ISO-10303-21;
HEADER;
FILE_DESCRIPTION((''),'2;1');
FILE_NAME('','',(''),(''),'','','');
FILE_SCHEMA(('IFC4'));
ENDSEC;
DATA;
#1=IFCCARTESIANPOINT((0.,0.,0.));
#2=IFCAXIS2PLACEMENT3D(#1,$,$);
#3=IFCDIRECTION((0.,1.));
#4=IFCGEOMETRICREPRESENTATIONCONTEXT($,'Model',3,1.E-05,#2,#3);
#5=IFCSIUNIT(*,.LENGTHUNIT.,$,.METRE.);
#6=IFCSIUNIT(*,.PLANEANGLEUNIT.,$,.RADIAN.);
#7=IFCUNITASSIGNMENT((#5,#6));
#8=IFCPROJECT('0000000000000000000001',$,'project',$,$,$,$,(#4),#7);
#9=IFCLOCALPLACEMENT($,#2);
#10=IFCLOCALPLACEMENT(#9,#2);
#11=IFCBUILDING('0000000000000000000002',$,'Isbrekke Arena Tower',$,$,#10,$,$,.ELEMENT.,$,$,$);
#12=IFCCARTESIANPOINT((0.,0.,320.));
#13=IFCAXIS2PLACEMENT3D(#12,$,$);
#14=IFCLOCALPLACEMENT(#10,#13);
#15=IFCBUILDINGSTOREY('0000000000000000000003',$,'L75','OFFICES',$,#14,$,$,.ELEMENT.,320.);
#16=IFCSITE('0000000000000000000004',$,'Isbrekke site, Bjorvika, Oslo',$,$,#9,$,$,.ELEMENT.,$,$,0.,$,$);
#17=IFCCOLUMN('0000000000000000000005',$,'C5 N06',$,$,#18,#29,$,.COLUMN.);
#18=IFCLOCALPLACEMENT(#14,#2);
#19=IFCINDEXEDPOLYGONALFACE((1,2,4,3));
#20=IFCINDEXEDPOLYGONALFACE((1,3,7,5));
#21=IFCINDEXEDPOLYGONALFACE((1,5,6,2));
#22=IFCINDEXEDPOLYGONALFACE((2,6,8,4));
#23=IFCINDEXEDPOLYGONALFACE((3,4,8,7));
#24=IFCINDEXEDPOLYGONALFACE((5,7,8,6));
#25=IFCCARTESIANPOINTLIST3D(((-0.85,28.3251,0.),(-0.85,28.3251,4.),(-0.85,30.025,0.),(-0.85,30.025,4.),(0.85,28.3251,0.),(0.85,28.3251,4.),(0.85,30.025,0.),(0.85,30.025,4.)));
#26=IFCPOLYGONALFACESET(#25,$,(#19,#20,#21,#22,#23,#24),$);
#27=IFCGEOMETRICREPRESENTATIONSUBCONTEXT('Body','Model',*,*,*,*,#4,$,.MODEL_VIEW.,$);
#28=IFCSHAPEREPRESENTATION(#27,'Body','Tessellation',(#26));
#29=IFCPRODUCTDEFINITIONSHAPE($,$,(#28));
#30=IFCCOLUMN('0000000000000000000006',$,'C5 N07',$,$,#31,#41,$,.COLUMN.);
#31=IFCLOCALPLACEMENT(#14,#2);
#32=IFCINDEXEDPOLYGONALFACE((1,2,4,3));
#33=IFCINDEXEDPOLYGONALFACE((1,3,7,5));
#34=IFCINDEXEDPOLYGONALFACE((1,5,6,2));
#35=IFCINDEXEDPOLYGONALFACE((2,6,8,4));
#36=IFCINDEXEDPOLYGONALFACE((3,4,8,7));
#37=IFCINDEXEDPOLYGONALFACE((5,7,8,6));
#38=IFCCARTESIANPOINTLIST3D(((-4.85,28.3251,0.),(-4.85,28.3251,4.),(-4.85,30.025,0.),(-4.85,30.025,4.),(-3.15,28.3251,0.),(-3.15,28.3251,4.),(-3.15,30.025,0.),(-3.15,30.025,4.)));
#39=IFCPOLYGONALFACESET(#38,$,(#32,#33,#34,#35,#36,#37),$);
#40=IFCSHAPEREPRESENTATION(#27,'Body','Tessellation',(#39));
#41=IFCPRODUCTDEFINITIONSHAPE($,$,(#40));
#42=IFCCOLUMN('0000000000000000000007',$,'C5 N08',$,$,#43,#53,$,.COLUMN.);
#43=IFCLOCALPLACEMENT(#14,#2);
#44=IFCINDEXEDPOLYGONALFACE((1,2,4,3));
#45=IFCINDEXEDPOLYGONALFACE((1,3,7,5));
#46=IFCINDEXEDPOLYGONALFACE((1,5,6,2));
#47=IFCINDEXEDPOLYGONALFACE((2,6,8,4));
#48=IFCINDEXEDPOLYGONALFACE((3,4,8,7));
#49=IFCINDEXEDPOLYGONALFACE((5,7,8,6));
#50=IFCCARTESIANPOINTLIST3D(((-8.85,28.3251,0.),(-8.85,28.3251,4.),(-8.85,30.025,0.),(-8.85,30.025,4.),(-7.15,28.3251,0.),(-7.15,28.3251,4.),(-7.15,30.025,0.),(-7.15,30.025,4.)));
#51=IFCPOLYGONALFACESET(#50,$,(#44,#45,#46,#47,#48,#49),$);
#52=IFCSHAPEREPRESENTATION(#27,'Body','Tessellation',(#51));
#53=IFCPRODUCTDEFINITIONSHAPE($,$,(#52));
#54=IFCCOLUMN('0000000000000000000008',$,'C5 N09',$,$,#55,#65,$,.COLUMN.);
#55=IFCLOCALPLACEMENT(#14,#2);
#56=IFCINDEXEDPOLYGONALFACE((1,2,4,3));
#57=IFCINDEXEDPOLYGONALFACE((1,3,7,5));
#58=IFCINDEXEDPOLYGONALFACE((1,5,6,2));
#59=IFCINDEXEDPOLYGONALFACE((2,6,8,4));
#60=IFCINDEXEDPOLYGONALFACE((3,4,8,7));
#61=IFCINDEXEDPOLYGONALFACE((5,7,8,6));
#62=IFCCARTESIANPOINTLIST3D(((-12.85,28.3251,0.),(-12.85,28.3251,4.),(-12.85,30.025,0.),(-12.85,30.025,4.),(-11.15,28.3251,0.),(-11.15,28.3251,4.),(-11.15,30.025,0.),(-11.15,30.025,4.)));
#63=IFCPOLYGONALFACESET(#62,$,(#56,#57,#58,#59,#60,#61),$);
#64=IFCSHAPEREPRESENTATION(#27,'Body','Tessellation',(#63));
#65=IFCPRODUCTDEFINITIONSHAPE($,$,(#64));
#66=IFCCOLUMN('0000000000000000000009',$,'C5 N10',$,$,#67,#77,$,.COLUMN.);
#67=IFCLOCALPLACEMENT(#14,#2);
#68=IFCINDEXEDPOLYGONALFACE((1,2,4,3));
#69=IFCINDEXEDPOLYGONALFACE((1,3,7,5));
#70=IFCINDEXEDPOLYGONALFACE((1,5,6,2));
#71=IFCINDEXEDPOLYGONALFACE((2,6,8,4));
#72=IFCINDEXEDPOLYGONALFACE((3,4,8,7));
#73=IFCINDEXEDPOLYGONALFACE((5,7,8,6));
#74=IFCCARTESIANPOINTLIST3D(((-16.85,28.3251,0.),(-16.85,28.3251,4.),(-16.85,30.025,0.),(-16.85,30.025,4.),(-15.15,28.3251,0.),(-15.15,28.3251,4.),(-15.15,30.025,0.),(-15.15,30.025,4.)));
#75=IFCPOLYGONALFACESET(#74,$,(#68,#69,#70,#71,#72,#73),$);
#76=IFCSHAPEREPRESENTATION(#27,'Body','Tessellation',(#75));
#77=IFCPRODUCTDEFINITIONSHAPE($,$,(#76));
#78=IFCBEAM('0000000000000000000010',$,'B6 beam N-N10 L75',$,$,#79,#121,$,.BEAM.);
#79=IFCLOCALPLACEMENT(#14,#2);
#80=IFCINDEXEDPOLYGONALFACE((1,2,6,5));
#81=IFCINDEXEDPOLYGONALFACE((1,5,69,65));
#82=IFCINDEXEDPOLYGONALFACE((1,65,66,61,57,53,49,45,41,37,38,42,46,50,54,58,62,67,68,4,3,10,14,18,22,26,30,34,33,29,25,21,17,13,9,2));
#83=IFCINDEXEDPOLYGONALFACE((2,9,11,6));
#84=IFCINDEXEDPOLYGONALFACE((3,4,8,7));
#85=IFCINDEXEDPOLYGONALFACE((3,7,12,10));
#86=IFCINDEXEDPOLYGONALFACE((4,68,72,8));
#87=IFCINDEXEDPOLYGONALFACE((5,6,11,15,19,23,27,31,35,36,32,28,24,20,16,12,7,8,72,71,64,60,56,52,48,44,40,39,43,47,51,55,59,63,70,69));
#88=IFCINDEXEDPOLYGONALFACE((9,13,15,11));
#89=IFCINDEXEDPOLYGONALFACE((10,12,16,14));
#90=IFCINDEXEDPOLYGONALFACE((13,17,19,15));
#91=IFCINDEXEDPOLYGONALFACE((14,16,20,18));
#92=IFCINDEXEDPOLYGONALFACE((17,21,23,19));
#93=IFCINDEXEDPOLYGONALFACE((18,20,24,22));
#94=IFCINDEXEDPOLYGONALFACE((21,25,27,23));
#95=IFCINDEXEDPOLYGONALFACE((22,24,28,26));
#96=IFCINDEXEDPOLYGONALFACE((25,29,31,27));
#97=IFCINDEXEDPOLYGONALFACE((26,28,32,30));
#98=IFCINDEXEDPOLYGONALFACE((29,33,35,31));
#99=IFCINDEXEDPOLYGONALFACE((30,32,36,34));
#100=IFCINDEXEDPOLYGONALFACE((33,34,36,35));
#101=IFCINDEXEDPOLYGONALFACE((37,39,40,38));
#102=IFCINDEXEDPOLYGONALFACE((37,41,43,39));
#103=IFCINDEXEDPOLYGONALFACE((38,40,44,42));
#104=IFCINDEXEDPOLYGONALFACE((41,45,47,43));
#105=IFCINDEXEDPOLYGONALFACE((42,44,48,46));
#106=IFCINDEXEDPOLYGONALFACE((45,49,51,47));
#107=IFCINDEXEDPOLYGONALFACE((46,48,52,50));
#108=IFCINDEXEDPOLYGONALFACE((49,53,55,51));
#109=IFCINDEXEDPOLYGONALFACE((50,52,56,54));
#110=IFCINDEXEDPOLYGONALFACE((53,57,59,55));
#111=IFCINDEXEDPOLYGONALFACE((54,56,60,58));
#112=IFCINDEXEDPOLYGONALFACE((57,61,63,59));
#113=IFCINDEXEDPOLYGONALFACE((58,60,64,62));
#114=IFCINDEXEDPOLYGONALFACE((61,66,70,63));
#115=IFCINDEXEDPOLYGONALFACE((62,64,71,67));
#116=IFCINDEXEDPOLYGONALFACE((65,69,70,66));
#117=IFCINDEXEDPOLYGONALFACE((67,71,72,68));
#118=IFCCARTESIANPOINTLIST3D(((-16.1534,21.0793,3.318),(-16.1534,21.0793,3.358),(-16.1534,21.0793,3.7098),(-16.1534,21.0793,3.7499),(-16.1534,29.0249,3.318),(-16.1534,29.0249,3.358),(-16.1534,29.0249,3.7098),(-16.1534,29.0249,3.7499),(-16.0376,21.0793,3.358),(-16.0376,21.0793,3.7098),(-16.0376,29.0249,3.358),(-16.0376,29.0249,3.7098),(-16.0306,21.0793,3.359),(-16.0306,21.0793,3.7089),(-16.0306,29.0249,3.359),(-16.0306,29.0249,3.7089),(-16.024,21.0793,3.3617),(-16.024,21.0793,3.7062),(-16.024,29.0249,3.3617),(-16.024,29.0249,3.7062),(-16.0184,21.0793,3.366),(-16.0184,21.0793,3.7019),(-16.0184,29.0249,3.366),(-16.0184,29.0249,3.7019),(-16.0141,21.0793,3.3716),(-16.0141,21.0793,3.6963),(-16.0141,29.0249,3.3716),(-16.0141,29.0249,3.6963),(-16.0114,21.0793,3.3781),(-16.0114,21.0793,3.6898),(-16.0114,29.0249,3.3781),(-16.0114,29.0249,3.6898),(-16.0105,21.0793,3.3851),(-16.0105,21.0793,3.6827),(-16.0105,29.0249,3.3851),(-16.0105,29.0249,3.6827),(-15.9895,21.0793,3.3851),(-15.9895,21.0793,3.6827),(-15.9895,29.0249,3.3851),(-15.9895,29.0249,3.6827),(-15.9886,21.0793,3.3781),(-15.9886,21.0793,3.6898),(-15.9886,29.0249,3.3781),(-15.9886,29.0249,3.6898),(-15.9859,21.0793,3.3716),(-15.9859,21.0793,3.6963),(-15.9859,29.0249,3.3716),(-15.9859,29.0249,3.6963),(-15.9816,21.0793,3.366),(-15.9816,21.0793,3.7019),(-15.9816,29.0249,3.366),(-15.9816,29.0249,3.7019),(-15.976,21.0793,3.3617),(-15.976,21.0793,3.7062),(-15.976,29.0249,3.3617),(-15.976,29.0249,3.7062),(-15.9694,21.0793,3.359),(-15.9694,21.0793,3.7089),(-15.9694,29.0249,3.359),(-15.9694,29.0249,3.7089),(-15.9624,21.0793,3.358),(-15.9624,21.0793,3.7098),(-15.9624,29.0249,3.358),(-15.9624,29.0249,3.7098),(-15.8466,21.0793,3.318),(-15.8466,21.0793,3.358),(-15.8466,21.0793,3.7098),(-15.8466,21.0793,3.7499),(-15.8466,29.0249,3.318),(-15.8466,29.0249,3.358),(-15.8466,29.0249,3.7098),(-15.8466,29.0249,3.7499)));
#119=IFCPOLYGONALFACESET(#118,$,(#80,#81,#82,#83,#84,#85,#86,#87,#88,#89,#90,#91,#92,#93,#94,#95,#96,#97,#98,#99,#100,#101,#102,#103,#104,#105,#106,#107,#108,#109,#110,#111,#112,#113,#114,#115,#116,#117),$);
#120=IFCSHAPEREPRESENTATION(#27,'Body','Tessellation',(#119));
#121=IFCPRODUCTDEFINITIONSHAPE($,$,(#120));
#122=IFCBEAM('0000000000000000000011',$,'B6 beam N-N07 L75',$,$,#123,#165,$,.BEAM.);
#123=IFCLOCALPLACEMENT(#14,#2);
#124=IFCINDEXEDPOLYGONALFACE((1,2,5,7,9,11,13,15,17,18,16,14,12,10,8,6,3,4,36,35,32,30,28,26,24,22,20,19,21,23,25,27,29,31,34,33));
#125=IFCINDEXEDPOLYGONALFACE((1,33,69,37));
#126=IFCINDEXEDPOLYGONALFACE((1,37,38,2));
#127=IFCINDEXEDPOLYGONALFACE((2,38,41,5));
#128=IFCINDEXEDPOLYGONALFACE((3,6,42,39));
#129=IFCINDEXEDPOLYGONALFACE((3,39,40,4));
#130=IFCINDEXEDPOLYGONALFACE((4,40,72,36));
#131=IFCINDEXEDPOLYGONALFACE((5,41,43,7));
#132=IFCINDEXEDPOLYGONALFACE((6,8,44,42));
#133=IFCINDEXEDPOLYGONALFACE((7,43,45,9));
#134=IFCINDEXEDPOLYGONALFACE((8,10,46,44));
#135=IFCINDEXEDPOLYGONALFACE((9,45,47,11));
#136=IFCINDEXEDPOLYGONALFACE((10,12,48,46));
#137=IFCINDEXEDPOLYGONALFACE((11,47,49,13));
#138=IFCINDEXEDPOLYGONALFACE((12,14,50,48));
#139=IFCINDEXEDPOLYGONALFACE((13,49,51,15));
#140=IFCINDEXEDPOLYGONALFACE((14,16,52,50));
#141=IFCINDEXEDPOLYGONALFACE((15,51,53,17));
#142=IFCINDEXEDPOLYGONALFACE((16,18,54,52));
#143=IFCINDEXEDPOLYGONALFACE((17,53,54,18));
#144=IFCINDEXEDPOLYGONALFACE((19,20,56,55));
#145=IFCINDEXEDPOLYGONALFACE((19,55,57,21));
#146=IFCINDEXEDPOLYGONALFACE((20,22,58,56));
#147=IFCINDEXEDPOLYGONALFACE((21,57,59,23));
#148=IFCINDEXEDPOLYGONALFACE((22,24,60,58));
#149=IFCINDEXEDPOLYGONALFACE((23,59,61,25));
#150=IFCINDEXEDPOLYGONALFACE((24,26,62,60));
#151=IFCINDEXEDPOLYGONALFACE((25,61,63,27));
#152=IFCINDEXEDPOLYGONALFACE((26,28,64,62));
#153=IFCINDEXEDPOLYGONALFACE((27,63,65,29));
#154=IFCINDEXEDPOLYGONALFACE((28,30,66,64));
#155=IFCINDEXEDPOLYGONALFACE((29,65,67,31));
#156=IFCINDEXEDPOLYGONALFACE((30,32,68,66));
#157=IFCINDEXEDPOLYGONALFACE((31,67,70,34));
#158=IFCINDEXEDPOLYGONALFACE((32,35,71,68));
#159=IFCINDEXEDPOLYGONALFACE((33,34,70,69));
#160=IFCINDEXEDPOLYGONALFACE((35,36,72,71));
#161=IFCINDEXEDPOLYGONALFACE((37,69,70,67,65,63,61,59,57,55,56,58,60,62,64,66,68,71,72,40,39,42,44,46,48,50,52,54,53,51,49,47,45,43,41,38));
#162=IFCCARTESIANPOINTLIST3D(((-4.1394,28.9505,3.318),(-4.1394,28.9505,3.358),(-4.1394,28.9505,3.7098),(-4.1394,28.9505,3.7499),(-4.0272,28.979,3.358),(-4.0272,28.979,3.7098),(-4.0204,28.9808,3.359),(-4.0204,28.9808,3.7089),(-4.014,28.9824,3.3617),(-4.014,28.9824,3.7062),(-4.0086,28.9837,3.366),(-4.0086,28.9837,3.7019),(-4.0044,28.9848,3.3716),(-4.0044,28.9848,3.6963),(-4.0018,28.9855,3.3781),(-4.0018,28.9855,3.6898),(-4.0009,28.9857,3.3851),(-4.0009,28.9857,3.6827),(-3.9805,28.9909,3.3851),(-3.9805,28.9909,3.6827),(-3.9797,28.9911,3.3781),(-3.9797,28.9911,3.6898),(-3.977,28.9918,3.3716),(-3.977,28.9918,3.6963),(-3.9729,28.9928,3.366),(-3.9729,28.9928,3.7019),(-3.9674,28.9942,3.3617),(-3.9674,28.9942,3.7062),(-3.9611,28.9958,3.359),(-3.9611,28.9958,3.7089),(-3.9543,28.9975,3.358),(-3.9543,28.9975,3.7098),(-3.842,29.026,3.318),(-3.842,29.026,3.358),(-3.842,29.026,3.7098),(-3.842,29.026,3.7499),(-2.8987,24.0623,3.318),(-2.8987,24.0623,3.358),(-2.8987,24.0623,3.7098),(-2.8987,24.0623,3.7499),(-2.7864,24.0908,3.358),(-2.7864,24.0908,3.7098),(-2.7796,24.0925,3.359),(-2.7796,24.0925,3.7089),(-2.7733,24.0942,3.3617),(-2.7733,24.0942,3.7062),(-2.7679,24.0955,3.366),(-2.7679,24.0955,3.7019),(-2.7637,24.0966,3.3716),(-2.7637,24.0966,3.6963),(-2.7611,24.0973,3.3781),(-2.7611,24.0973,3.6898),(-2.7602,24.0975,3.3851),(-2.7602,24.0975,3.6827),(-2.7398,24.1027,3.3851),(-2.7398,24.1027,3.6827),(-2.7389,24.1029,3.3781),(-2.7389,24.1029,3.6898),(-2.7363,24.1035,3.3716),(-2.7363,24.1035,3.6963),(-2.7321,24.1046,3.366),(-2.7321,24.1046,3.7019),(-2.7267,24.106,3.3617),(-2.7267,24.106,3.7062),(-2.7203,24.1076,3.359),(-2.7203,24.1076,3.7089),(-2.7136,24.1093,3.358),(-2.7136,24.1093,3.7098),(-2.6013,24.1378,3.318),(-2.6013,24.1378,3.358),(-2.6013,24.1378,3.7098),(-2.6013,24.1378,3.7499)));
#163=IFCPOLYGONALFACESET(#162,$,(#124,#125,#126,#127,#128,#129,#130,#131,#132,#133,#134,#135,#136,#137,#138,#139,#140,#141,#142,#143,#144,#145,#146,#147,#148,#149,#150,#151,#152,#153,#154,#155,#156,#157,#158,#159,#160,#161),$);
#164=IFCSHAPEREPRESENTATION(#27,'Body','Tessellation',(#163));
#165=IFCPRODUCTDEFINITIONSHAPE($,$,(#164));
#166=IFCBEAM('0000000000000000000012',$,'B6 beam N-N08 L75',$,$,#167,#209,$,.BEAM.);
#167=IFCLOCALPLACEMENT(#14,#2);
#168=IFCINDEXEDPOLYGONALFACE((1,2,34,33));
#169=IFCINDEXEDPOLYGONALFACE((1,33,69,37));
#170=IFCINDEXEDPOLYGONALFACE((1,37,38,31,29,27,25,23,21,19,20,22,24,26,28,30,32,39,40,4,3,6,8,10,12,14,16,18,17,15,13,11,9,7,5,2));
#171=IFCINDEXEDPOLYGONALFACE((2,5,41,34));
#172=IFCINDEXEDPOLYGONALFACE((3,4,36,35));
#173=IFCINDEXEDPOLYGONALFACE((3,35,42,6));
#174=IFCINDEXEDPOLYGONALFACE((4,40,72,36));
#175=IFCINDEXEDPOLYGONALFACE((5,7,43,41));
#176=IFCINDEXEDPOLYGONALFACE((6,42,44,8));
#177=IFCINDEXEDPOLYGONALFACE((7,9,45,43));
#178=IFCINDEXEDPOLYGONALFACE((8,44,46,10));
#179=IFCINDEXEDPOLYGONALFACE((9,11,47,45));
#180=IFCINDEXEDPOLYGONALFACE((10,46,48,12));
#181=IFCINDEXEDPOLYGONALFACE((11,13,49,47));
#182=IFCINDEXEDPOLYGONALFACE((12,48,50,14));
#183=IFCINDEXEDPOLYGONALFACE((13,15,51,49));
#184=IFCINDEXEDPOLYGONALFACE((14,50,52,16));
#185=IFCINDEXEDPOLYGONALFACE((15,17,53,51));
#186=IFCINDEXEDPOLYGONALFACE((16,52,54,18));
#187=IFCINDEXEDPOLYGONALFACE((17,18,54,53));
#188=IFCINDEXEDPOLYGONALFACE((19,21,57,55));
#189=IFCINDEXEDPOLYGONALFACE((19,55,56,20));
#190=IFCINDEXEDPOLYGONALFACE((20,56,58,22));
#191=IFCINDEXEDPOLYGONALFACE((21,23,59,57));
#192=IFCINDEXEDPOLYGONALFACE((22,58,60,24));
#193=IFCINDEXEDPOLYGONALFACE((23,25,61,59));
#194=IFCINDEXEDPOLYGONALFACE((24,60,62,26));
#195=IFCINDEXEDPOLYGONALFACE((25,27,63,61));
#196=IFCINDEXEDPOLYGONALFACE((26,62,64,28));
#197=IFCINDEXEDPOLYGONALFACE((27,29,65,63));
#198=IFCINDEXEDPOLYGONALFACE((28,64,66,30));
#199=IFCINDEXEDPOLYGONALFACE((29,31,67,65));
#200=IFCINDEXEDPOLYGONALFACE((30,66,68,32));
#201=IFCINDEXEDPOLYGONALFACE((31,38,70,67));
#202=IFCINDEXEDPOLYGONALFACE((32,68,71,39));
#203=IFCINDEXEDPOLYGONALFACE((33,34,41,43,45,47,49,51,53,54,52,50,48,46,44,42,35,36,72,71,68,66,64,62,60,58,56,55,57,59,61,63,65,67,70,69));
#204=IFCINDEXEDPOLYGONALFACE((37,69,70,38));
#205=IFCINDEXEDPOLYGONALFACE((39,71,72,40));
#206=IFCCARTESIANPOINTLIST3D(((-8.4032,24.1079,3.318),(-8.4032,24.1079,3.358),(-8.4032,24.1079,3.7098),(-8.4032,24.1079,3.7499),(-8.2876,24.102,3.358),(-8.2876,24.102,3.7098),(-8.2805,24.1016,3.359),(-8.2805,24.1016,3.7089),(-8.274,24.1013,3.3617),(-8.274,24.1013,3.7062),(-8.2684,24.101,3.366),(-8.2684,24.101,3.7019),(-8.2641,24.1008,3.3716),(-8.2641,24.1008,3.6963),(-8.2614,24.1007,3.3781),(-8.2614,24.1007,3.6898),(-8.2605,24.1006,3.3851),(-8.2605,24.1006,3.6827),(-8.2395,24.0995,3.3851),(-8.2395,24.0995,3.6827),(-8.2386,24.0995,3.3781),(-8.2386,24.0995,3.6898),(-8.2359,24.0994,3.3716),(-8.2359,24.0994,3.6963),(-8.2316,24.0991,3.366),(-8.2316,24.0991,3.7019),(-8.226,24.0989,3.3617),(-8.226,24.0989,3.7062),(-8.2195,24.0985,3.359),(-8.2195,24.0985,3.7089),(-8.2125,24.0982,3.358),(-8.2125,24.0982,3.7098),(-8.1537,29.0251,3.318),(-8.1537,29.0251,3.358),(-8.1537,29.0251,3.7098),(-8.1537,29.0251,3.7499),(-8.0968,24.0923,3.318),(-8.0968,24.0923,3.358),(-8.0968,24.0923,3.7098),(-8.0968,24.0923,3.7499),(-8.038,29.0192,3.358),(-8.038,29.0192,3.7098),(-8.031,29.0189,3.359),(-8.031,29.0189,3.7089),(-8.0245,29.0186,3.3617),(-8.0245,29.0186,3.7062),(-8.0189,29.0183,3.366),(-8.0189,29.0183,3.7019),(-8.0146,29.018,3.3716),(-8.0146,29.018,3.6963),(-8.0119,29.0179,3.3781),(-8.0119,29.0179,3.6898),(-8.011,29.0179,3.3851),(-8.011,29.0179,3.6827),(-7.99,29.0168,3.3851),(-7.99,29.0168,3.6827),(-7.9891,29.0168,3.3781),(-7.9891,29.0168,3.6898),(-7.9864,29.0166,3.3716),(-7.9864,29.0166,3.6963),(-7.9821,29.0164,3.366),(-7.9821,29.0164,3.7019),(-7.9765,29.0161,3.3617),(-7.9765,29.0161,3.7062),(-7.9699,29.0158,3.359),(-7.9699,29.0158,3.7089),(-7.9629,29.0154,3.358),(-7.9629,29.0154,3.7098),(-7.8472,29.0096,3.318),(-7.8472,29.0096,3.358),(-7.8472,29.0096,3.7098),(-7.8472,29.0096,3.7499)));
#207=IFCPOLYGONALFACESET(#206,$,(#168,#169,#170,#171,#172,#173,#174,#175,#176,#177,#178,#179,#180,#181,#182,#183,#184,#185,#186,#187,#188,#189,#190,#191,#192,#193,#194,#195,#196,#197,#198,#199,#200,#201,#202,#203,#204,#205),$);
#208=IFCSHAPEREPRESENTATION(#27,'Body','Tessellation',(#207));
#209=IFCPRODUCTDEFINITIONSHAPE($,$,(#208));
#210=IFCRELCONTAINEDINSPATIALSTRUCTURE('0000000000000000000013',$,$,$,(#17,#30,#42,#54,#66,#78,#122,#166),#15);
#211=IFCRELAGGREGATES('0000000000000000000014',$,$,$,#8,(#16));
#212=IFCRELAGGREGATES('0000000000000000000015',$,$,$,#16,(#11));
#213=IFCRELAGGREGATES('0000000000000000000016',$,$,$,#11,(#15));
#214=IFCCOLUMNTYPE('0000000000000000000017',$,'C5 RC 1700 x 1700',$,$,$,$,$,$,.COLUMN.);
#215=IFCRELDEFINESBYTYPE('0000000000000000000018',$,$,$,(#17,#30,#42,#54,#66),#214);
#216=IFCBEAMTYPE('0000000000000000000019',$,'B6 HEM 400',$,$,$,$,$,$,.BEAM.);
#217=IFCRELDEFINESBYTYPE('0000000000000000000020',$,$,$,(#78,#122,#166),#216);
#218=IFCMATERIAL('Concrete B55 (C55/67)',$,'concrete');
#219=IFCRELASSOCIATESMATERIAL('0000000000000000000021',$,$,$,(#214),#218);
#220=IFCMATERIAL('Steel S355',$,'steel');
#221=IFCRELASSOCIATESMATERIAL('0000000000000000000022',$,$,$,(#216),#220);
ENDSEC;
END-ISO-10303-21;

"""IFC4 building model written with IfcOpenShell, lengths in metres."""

from ifc_helpers import new_model, si_unit, direction, frame, origin, origin_2d, place, context, subcontext, project, spatial, rectangle, i_section, extrude, material, material_profile, profile_set, type_object, element, save


model = new_model("IFC4")

# Units and contexts
model_context = context("Model", 3, precision=1e-05, world=origin(), true_north=direction((0.0, 1.0)))
body_context = subcontext(model_context, "Body", "Model", "MODEL_VIEW")
ifc_project = project(units=[si_unit("LENGTHUNIT", "METRE"), si_unit("PLANEANGLEUNIT", "RADIAN")], contexts=[model_context])

# Site, building, storey
site_placement = place(None, origin())
site = spatial("IfcSite", under=ifc_project, at=site_placement, Name="Isbrekke site, Bjorvika, Oslo", CompositionType="ELEMENT", RefElevation=0.0)
building_placement = place(site_placement, origin())
building = spatial("IfcBuilding", under=site, at=building_placement, Name="Isbrekke Arena Tower", CompositionType="ELEMENT")
storey_placement = place(building_placement, frame((0.0, 0.0, 320.0)))
storey = spatial("IfcBuildingStorey", under=building, at=storey_placement, Name="L75", Description="OFFICES", CompositionType="ELEMENT", Elevation=320.0)

# Columns
ifc_material_1 = material(Name="Concrete B55 (C55/67)", Category="concrete")
ifc_material_profile_1 = material_profile(ifc_material_1, rectangle(XDim=1.7, YDim=1.7, at=origin_2d()), Name="RC 1700x1700")
ifc_profile_set_1 = profile_set([ifc_material_profile_1], Name="Concrete B55 (C55/67)")
column_type = type_object("IfcColumnType", Name="C5 RC 1700 x 1700", PredefinedType="COLUMN", material=ifc_profile_set_1)
for number, where, z_axis, x_axis, name in (
    (1, (0.0, 29.175, 0.0), (0.0, 0.0, 1.0), (-1.0, 0.0, 0.0), "C5 N06"),
    (2, (-4.0, 29.175, 0.0), (0.0, 0.0, 1.0), (-1.0, 0.0, 0.0), "C5 N07"),
    (3, (-8.0, 29.175, 0.0), (0.0, 0.0, 1.0), (-1.0, 0.0, 0.0), "C5 N08"),
    (4, (-12.0, 29.175, 0.0), (0.0, 0.0, 1.0), (-1.0, 0.0, 0.0), "C5 N09"),
    (5, (-16.0, 29.175, 0.0), (0.0, 0.0, 1.0), (-1.0, 0.0, 0.0), "C5 N10"),
):
    element("IfcColumn", number, at=place(storey_placement, frame(where, z_axis=z_axis, x_axis=x_axis)), inside=storey, type_object=column_type, Name=name, PredefinedType="COLUMN", context=body_context, shape_type="SweptSolid", body=[
        extrude(rectangle(XDim=1.7, YDim=1.7, at=origin_2d()), origin(), (0.0, 0.0, 1.0), 4.0),
    ])

# Beams
ifc_material_2 = material(Name="Steel S355", Category="steel")
ifc_material_profile_2 = material_profile(ifc_material_2, i_section(OverallWidth=0.3069, OverallDepth=0.4319, WebThickness=0.021, FlangeThickness=0.04, FilletRadius=0.0271, at=origin_2d()), Name="HEM 400")
ifc_profile_set_2 = profile_set([ifc_material_profile_2], Name="Steel S355")
beam_type_1 = type_object("IfcBeamType", Name="B6 HEM 400", PredefinedType="BEAM", material=ifc_profile_set_2)
beam_1_placement = place(storey_placement, frame((-16.0, 29.0249, 3.5339), z_axis=(0.0, -1.0, 0.0), x_axis=(1.0, 0.0, 0.0)))
element("IfcBeam", 6, at=beam_1_placement, inside=storey, type_object=beam_type_1, Name="B6 beam N-N10 L75", PredefinedType="BEAM", context=body_context, shape_type="SweptSolid", body=[
    extrude(i_section(OverallWidth=0.3069, OverallDepth=0.4319, WebThickness=0.021, FlangeThickness=0.04, FilletRadius=0.0271, at=origin_2d()), origin(), (0.0, 0.0, 1.0), 7.9456),
])
beam_2_placement = place(storey_placement, frame((-3.9907, 28.9883, 3.5339), z_axis=(0.24602, -0.969265, 0.0), x_axis=(0.969265, 0.24602, 0.0)))
element("IfcBeam", 7, at=beam_2_placement, inside=storey, type_object=beam_type_1, Name="B6 beam N-N07 L75", PredefinedType="BEAM", context=body_context, shape_type="SweptSolid", body=[
    extrude(i_section(OverallWidth=0.3069, OverallDepth=0.4319, WebThickness=0.021, FlangeThickness=0.04, FilletRadius=0.0271, at=origin_2d()), origin(), (0.0, 0.0, 1.0), 5.0432),
])
beam_3_placement = place(storey_placement, frame((-8.0005, 29.0173, 3.5339), z_axis=(-0.050677, -0.998715, 0.0), x_axis=(0.998715, -0.050677, 0.0)))
element("IfcBeam", 8, at=beam_3_placement, inside=storey, type_object=beam_type_1, Name="B6 beam N-N08 L75", PredefinedType="BEAM", context=body_context, shape_type="SweptSolid", body=[
    extrude(i_section(OverallWidth=0.3069, OverallDepth=0.4319, WebThickness=0.021, FlangeThickness=0.04, FilletRadius=0.0271, at=origin_2d()), origin(), (0.0, 0.0, 1.0), 4.9236),
])

save(model, "model.ifc")
